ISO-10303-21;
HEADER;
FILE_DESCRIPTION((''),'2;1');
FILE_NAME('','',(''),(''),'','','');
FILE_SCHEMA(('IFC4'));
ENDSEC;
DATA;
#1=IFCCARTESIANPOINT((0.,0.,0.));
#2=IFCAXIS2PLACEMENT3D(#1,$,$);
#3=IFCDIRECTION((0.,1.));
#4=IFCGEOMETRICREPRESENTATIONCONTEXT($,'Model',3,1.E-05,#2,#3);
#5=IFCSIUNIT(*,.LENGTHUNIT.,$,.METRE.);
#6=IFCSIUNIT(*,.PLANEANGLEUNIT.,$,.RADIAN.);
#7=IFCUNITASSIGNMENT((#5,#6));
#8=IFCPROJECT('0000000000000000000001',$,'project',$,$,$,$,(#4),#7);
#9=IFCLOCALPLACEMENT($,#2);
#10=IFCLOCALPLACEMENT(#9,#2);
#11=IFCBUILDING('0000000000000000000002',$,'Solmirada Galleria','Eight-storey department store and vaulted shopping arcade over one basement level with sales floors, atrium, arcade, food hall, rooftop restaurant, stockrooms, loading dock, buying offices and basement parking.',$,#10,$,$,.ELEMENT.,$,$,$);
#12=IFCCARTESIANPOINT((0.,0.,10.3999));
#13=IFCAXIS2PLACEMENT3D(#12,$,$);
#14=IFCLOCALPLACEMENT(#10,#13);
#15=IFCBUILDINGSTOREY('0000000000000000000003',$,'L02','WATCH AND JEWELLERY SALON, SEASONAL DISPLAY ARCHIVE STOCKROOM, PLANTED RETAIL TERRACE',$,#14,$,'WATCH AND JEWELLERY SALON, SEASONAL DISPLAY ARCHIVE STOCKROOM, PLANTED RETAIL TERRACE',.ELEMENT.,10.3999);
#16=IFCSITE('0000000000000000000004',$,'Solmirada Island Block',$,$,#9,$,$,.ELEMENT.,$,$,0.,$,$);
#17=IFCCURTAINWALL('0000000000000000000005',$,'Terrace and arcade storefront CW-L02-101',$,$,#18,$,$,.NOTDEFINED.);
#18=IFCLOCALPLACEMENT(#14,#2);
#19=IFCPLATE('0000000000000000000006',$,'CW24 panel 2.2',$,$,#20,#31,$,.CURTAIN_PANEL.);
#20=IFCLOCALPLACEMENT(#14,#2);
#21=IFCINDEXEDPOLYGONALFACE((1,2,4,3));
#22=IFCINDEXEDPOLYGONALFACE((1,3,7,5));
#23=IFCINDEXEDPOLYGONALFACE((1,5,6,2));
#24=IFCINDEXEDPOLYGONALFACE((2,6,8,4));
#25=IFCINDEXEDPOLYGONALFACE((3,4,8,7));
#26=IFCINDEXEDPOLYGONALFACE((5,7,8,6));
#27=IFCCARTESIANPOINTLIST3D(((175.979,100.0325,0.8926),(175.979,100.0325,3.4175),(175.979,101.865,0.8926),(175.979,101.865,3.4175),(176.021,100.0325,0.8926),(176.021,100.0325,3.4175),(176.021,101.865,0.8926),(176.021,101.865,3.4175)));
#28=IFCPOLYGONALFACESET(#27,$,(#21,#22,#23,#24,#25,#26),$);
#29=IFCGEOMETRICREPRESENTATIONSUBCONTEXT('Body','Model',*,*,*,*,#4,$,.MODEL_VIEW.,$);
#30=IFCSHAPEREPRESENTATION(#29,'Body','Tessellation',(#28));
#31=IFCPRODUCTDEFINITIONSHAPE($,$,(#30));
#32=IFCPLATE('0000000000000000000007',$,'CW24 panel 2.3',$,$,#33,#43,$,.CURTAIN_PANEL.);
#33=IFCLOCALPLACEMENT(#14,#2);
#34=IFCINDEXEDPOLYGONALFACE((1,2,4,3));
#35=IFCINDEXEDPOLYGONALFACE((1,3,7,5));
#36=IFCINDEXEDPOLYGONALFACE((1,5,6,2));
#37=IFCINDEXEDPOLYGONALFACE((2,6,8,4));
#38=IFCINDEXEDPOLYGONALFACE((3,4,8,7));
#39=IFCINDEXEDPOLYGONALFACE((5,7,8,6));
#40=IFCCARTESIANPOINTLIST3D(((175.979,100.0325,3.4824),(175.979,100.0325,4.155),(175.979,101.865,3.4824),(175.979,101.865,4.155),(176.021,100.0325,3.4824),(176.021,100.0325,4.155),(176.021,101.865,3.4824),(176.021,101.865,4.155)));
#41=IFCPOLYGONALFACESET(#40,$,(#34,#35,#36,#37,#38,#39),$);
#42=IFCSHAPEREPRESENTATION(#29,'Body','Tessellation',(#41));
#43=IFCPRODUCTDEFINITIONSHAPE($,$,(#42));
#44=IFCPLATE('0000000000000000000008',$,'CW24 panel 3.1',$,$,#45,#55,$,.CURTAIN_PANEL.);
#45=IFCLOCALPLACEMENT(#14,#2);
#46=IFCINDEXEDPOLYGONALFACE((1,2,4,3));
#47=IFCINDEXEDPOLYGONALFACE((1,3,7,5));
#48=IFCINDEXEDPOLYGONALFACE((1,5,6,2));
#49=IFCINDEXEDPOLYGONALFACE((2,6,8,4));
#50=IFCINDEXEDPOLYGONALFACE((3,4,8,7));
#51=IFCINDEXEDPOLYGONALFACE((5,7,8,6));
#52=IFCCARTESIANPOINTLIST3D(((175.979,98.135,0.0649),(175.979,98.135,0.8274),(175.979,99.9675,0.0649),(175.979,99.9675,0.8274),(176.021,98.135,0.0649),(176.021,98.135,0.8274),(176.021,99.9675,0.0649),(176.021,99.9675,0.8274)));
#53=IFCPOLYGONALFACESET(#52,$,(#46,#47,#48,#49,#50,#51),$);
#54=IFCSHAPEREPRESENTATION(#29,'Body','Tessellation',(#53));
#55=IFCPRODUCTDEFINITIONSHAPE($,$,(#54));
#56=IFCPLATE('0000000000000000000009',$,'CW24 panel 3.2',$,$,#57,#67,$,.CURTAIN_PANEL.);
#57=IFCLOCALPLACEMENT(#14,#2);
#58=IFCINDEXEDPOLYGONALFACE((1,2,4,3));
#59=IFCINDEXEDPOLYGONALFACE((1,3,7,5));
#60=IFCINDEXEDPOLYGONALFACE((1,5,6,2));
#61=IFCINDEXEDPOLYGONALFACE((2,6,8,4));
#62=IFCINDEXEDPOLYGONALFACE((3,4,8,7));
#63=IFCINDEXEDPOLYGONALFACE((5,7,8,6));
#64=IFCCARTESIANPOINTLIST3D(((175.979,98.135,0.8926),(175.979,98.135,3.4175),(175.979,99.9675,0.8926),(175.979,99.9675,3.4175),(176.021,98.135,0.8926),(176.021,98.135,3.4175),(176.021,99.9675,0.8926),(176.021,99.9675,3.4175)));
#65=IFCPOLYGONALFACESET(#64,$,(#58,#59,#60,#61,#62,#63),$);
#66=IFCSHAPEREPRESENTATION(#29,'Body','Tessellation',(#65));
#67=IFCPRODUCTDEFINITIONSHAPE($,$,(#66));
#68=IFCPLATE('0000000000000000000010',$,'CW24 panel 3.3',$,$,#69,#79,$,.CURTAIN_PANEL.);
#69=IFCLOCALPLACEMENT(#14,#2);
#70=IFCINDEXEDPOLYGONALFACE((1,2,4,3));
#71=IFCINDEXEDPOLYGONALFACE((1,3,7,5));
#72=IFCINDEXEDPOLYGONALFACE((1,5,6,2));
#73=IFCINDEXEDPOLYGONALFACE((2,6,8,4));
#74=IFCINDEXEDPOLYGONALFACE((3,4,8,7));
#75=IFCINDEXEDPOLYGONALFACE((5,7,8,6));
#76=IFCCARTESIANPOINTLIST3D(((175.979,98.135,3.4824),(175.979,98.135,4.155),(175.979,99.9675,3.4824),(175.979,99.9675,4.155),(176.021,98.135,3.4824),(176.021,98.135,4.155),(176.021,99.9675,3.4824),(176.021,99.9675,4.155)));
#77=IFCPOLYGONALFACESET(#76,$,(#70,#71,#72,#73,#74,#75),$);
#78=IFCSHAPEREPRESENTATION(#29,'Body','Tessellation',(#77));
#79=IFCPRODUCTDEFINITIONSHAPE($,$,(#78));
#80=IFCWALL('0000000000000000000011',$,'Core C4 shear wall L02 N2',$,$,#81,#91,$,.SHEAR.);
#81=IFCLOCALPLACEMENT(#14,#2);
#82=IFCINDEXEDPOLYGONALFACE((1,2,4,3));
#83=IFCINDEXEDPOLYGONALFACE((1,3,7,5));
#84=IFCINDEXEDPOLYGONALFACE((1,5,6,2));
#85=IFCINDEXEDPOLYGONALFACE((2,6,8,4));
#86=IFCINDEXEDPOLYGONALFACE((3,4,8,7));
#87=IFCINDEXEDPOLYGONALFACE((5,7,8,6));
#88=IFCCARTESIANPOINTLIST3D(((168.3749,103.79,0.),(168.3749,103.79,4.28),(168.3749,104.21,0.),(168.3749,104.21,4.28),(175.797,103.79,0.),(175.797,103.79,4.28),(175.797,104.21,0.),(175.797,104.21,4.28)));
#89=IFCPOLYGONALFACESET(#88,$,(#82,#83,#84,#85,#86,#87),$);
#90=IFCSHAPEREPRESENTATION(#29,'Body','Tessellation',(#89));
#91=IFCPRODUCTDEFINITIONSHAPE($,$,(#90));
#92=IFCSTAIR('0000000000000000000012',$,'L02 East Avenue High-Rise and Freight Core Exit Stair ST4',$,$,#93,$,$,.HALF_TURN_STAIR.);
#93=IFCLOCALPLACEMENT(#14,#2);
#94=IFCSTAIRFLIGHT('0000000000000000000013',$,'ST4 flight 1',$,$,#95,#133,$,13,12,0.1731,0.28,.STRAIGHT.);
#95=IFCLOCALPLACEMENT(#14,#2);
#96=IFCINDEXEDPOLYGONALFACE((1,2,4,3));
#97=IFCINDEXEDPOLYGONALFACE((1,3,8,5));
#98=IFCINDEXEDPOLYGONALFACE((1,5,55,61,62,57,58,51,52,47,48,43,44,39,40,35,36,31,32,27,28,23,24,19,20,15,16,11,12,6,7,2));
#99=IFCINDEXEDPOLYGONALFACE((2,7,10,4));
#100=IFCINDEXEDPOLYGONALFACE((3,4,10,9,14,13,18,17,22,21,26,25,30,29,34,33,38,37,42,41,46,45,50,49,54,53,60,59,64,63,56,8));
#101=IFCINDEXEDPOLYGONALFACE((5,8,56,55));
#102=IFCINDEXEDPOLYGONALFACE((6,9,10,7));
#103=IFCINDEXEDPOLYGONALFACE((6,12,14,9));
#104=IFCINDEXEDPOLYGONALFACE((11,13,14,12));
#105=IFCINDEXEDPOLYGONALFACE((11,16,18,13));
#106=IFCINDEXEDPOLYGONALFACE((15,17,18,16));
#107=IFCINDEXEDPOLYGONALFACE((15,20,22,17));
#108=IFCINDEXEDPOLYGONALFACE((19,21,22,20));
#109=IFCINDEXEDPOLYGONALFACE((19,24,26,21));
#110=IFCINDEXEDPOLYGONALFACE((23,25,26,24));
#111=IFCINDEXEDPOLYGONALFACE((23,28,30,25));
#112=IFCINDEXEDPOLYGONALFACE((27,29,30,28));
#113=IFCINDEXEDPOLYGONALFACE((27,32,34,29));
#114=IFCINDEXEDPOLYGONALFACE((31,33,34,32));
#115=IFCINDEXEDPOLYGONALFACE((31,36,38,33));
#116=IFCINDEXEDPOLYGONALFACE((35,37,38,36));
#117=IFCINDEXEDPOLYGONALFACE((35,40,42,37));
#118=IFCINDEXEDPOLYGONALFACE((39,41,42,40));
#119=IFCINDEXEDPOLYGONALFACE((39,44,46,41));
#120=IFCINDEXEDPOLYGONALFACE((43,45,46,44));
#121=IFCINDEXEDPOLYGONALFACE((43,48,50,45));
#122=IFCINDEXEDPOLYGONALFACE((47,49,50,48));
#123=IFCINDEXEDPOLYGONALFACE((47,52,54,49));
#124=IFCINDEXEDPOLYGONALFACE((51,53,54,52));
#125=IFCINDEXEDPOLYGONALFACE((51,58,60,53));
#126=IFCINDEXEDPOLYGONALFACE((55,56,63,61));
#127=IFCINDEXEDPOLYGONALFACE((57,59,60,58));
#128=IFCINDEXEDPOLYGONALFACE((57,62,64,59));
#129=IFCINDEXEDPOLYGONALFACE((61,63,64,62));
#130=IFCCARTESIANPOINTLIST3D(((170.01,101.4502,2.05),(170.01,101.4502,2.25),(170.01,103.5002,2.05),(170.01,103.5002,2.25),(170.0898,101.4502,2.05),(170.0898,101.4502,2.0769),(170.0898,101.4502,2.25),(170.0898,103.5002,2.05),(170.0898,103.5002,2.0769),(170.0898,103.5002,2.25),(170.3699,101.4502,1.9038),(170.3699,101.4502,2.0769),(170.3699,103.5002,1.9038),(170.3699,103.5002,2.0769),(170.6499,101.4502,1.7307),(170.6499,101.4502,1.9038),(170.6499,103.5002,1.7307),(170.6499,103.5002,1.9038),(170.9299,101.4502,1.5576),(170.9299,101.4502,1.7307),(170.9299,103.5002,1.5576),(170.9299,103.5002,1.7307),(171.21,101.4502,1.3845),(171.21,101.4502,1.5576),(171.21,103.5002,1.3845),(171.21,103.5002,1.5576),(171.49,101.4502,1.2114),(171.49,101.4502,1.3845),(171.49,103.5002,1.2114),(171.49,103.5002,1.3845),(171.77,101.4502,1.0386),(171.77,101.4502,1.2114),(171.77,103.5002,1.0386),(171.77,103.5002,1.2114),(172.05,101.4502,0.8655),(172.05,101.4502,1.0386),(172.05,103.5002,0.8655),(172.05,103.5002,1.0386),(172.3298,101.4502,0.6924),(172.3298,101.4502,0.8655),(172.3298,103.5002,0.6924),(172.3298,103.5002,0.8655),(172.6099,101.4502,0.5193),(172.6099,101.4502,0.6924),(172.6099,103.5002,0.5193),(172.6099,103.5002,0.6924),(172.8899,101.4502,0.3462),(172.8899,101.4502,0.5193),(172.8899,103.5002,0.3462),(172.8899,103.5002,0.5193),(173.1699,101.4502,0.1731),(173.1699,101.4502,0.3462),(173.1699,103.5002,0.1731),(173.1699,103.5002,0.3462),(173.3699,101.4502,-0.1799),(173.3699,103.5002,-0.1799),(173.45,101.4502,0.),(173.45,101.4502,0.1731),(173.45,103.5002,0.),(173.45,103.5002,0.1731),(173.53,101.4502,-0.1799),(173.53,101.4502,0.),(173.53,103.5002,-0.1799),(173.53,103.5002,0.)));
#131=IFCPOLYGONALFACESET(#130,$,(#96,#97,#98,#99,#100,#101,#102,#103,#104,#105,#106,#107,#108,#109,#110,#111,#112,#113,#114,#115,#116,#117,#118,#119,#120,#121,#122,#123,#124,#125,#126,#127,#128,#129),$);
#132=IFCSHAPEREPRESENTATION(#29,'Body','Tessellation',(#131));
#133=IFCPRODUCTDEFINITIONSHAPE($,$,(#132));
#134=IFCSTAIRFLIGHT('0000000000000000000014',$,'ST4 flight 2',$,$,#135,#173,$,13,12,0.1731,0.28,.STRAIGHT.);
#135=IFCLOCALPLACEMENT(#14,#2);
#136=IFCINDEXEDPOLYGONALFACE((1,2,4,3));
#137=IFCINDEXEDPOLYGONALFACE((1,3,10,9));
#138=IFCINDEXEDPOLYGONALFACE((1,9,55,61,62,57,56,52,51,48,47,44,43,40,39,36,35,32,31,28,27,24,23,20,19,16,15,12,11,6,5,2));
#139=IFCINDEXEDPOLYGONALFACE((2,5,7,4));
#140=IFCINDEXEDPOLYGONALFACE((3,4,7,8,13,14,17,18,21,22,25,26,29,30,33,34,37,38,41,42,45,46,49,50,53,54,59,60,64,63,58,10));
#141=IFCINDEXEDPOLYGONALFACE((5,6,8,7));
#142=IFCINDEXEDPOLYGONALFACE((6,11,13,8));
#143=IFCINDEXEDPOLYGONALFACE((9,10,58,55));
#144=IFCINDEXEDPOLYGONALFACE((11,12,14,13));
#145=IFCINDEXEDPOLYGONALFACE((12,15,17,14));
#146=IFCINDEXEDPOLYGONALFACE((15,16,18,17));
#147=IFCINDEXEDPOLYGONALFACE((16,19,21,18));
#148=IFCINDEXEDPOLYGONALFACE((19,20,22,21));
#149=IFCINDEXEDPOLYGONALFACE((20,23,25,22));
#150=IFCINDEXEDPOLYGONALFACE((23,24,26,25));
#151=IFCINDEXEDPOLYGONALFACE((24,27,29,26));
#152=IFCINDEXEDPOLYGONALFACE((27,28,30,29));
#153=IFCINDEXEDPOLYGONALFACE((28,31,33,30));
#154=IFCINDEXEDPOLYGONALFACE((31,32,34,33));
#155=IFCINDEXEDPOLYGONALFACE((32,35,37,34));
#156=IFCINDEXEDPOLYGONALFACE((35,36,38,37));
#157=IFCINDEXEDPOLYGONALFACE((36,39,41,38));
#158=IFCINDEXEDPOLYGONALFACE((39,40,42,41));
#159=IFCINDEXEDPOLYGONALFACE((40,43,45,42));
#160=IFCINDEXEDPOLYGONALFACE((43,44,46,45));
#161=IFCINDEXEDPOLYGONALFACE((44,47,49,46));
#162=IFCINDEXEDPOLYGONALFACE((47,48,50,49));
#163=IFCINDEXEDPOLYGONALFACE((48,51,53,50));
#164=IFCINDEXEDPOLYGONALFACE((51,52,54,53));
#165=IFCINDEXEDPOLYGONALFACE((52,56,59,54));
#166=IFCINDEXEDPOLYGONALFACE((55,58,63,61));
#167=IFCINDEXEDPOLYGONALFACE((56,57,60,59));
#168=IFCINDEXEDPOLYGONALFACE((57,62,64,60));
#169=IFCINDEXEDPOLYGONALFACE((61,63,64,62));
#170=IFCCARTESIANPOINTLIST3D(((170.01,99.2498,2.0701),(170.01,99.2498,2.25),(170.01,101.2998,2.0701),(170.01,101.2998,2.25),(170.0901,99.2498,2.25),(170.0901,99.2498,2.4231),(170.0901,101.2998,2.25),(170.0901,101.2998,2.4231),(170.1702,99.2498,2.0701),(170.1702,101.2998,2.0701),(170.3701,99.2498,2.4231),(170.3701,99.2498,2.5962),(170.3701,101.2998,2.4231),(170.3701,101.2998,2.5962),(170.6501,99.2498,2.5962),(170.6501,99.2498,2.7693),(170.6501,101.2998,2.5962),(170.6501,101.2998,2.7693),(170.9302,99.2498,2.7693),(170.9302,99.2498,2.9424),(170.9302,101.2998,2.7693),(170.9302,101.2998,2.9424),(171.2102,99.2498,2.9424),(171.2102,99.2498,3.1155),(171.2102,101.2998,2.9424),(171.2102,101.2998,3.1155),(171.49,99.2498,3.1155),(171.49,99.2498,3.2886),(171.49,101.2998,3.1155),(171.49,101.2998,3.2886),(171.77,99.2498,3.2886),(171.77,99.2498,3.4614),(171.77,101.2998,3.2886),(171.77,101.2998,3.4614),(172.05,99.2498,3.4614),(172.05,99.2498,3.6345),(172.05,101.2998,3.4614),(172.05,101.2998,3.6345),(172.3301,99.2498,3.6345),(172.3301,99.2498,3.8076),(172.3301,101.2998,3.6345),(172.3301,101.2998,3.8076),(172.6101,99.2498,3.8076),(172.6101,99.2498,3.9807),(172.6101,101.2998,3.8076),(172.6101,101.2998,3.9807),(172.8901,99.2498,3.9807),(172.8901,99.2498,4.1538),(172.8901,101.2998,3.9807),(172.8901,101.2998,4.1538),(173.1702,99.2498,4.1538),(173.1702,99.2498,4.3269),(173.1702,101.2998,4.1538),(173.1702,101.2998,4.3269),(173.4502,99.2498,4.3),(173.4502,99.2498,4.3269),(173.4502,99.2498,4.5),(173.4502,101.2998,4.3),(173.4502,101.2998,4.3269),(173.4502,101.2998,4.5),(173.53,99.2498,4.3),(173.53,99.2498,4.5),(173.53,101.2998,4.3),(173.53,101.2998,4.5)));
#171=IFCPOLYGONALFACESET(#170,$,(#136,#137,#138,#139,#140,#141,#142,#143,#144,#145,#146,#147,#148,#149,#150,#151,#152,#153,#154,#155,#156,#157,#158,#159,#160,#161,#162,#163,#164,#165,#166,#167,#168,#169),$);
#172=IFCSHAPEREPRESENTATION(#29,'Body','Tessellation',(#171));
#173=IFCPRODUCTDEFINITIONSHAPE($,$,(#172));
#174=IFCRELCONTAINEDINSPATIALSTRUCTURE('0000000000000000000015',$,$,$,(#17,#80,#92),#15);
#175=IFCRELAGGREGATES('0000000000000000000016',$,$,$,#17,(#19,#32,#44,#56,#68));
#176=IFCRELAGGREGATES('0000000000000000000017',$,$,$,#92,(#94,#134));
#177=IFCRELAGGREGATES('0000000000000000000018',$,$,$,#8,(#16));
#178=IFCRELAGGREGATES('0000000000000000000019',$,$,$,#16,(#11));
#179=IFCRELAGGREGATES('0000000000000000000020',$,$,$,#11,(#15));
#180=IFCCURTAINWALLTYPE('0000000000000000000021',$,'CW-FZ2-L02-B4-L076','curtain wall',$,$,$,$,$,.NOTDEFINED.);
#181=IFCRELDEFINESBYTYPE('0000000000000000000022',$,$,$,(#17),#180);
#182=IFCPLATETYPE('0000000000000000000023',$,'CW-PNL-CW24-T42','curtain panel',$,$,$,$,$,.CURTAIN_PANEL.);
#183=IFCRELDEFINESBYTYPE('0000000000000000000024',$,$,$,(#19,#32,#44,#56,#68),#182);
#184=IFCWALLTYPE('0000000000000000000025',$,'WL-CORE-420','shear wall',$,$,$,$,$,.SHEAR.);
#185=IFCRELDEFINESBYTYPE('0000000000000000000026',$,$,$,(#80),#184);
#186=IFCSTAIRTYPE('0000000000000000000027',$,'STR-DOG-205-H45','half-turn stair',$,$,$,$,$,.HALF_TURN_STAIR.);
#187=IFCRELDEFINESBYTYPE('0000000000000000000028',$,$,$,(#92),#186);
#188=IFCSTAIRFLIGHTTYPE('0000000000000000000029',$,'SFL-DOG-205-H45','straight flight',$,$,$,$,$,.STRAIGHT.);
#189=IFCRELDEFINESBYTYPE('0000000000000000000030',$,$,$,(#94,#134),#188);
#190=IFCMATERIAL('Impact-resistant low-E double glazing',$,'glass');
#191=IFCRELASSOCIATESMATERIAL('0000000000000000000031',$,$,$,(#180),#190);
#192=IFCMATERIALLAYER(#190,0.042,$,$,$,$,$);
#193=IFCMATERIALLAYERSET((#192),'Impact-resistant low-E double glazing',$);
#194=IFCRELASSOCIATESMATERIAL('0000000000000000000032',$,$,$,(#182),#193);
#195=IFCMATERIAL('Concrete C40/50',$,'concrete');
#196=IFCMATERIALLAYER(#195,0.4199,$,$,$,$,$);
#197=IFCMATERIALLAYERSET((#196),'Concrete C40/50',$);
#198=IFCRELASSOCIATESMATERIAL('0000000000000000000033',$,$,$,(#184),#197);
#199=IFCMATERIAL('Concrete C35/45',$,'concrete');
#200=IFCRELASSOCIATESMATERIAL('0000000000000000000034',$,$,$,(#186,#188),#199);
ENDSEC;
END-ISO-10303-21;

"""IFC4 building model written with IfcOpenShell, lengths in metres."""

from ifc_helpers import new_model, si_unit, direction, frame, frame_2d, origin, origin_2d, place, context, subcontext, project, spatial, polyline, rectangle, outline, extrude, material, layer, layer_set, type_object, element, aggregate, save


model = new_model("IFC4")

# Units and contexts
model_context = context("Model", 3, precision=1e-05, world=origin(), true_north=direction((0.0, 1.0)))
body_context = subcontext(model_context, "Body", "Model", "MODEL_VIEW")
ifc_project = project(units=[si_unit("LENGTHUNIT", "METRE"), si_unit("PLANEANGLEUNIT", "RADIAN")], contexts=[model_context])

# Site, building, storey
site_placement = place(None, origin())
site = spatial("IfcSite", under=ifc_project, at=site_placement, Name="Solmirada Island Block", CompositionType="ELEMENT", RefElevation=0.0)
building_placement = place(site_placement, origin())
building = spatial("IfcBuilding", under=site, at=building_placement, Name="Solmirada Galleria", Description="Eight-storey department store and vaulted shopping arcade over one basement level with sales floors, atrium, arcade, food hall, rooftop restaurant, stockrooms, loading dock, buying offices and basement parking.", CompositionType="ELEMENT")
storey_placement = place(building_placement, frame((0.0, 0.0, 10.3999)))
storey = spatial("IfcBuildingStorey", under=building, at=storey_placement, Name="L02", Description="WATCH AND JEWELLERY SALON, SEASONAL DISPLAY ARCHIVE STOCKROOM, PLANTED RETAIL TERRACE", LongName="WATCH AND JEWELLERY SALON, SEASONAL DISPLAY ARCHIVE STOCKROOM, PLANTED RETAIL TERRACE", CompositionType="ELEMENT", Elevation=10.3999)

# Curtain wall, plates
ifc_material_1 = material(Name="Impact-resistant low-E double glazing", Category="glass")
curtain_wall_type = type_object("IfcCurtainWallType", Name="CW-FZ2-L02-B4-L076", Description="curtain wall", PredefinedType="NOTDEFINED", material=ifc_material_1)
curtain_wall_placement = place(storey_placement, origin())
curtain_wall = element("IfcCurtainWall", 1, at=curtain_wall_placement, inside=storey, type_object=curtain_wall_type, Name="Terrace and arcade storefront CW-L02-101", PredefinedType="NOTDEFINED")
ifc_layer_1 = layer(ifc_material_1, 0.042)
ifc_layer_set_1 = layer_set([ifc_layer_1], Name="Impact-resistant low-E double glazing")
plate_type = type_object("IfcPlateType", Name="CW-PNL-CW24-T42", Description="curtain panel", PredefinedType="CURTAIN_PANEL", material=ifc_layer_set_1)
plate_1_placement = place(storey_placement, frame((176.0, 100.9487, 0.8926), z_axis=(0.0, 0.0, 1.0), x_axis=(0.0, -1.0, 0.0)))
plate_1 = element("IfcPlate", 2, at=plate_1_placement, type_object=plate_type, Name="CW24 panel 2.2", PredefinedType="CURTAIN_PANEL", context=body_context, shape_type="SweptSolid", body=[
    extrude(rectangle(XDim=1.8325, YDim=0.042, at=origin_2d()), origin(), (0.0, 0.0, 1.0), 2.5249),
])
plate_2_placement = place(storey_placement, frame((176.0, 100.9487, 3.4824), z_axis=(0.0, 0.0, 1.0), x_axis=(0.0, -1.0, 0.0)))
plate_2 = element("IfcPlate", 3, at=plate_2_placement, type_object=plate_type, Name="CW24 panel 2.3", PredefinedType="CURTAIN_PANEL", context=body_context, shape_type="SweptSolid", body=[
    extrude(rectangle(XDim=1.8325, YDim=0.042, at=origin_2d()), origin(), (0.0, 0.0, 1.0), 0.6726),
])
plate_3_placement = place(storey_placement, frame((176.0, 99.0513, 0.0649), z_axis=(0.0, 0.0, 1.0), x_axis=(0.0, -1.0, 0.0)))
plate_3 = element("IfcPlate", 4, at=plate_3_placement, type_object=plate_type, Name="CW24 panel 3.1", PredefinedType="CURTAIN_PANEL", context=body_context, shape_type="SweptSolid", body=[
    extrude(rectangle(XDim=1.8325, YDim=0.042, at=origin_2d()), origin(), (0.0, 0.0, 1.0), 0.7625),
])
plate_4_placement = place(storey_placement, frame((176.0, 99.0513, 0.8926), z_axis=(0.0, 0.0, 1.0), x_axis=(0.0, -1.0, 0.0)))
plate_4 = element("IfcPlate", 5, at=plate_4_placement, type_object=plate_type, Name="CW24 panel 3.2", PredefinedType="CURTAIN_PANEL", context=body_context, shape_type="SweptSolid", body=[
    extrude(rectangle(XDim=1.8325, YDim=0.042, at=origin_2d()), origin(), (0.0, 0.0, 1.0), 2.5249),
])
plate_5_placement = place(storey_placement, frame((176.0, 99.0513, 3.4824), z_axis=(0.0, 0.0, 1.0), x_axis=(0.0, -1.0, 0.0)))
plate_5 = element("IfcPlate", 6, at=plate_5_placement, type_object=plate_type, Name="CW24 panel 3.3", PredefinedType="CURTAIN_PANEL", context=body_context, shape_type="SweptSolid", body=[
    extrude(rectangle(XDim=1.8325, YDim=0.042, at=origin_2d()), origin(), (0.0, 0.0, 1.0), 0.6726),
])
aggregate(curtain_wall, [plate_1, plate_2, plate_3, plate_4, plate_5])

# Wall
ifc_material_2 = material(Name="Concrete C40/50", Category="concrete")
ifc_layer_2 = layer(ifc_material_2, 0.4199)
ifc_layer_set_2 = layer_set([ifc_layer_2], Name="Concrete C40/50")
wall_type = type_object("IfcWallType", Name="WL-CORE-420", Description="shear wall", PredefinedType="SHEAR", material=ifc_layer_set_2)
wall_placement = place(storey_placement, frame((168.375, 104.0, 0.0), z_axis=(0.0, 0.0, 1.0), x_axis=(1.0, 0.0, 0.0)))
element("IfcWall", 7, at=wall_placement, inside=storey, type_object=wall_type, Name="Core C4 shear wall L02 N2", PredefinedType="SHEAR", context=body_context, shape_type="SweptSolid", body=[
    extrude(rectangle(XDim=7.4221, YDim=0.4199, at=frame_2d((3.7109, 0.0))), origin(), (0.0, 0.0, 1.0), 4.28),
])

# Stair, stair flights
ifc_material_3 = material(Name="Concrete C35/45", Category="concrete")
stair_type = type_object("IfcStairType", Name="STR-DOG-205-H45", Description="half-turn stair", PredefinedType="HALF_TURN_STAIR", material=ifc_material_3)
stair_placement = place(storey_placement, origin())
stair = element("IfcStair", 8, at=stair_placement, inside=storey, type_object=stair_type, Name="L02 East Avenue High-Rise and Freight Core Exit Stair ST4", PredefinedType="HALF_TURN_STAIR")
stair_flight_type = type_object("IfcStairFlightType", Name="SFL-DOG-205-H45", Description="straight flight", PredefinedType="STRAIGHT", material=ifc_material_3)
stair_flight_1_placement = place(storey_placement, frame((173.45, 102.4751, 0.0), z_axis=(0.0, 0.0, 1.0), x_axis=(-1.0, 0.0, 0.0)))
stair_flight_1 = element("IfcStairFlight", 9, at=stair_flight_1_placement, type_object=stair_flight_type, Name="ST4 flight 1", NumberOfRisers=13, NumberOfTreads=12, PredefinedType="STRAIGHT", RiserHeight=0.1731, TreadLength=0.28, context=body_context, shape_type="SweptSolid", body=[
    extrude(outline(polyline([(-0.0801, 0.0), (0.0, 0.0), (0.0, 0.1731), (0.28, 0.1731), (0.28, 0.3462), (0.5601, 0.3462), (0.5601, 0.5193), (0.8401, 0.5193), (0.8401, 0.6924), (1.1201, 0.6924), (1.1201, 0.8655), (1.3999, 0.8655), (1.3999, 1.0386), (1.6799, 1.0386), (1.6799, 1.2114), (1.96, 1.2114), (1.96, 1.3845), (2.24, 1.3845), (2.24, 1.5576), (2.52, 1.5576), (2.52, 1.7307), (2.8, 1.7307), (2.8, 1.9038), (3.0801, 1.9038), (3.0801, 2.0769), (3.3601, 2.0769), (3.3601, 2.25), (3.4399, 2.25), (3.4399, 2.05), (3.3601, 2.05), (0.0801, -0.1799), (-0.0801, -0.1799), (-0.0801, 0.0)])), frame((0.0, 1.0249, 0.0), z_axis=(0.0, -1.0, 0.0), x_axis=(1.0, 0.0, 0.0)), (0.0, 0.0, 1.0), 2.05),
])
stair_flight_2_placement = place(storey_placement, frame((170.0901, 100.2749, 2.25), z_axis=(0.0, 0.0, 1.0), x_axis=(1.0, 0.0, 0.0)))
stair_flight_2 = element("IfcStairFlight", 10, at=stair_flight_2_placement, type_object=stair_flight_type, Name="ST4 flight 2", NumberOfRisers=13, NumberOfTreads=12, PredefinedType="STRAIGHT", RiserHeight=0.1731, TreadLength=0.28, context=body_context, shape_type="SweptSolid", body=[
    extrude(outline(polyline([(-0.0801, 0.0), (0.0, 0.0), (0.0, 0.1731), (0.28, 0.1731), (0.28, 0.3462), (0.5601, 0.3462), (0.5601, 0.5193), (0.8401, 0.5193), (0.8401, 0.6924), (1.1201, 0.6924), (1.1201, 0.8655), (1.3999, 0.8655), (1.3999, 1.0386), (1.6799, 1.0386), (1.6799, 1.2114), (1.96, 1.2114), (1.96, 1.3845), (2.24, 1.3845), (2.24, 1.5576), (2.52, 1.5576), (2.52, 1.7307), (2.8, 1.7307), (2.8, 1.9038), (3.0801, 1.9038), (3.0801, 2.0769), (3.3601, 2.0769), (3.3601, 2.25), (3.4399, 2.25), (3.4399, 2.05), (3.3601, 2.05), (0.0801, -0.1799), (-0.0801, -0.1799), (-0.0801, 0.0)])), frame((0.0, 1.0249, 0.0), z_axis=(0.0, -1.0, 0.0), x_axis=(1.0, 0.0, 0.0)), (0.0, 0.0, 1.0), 2.05),
])
aggregate(stair, [stair_flight_1, stair_flight_2])

save(model, "model.ifc")
